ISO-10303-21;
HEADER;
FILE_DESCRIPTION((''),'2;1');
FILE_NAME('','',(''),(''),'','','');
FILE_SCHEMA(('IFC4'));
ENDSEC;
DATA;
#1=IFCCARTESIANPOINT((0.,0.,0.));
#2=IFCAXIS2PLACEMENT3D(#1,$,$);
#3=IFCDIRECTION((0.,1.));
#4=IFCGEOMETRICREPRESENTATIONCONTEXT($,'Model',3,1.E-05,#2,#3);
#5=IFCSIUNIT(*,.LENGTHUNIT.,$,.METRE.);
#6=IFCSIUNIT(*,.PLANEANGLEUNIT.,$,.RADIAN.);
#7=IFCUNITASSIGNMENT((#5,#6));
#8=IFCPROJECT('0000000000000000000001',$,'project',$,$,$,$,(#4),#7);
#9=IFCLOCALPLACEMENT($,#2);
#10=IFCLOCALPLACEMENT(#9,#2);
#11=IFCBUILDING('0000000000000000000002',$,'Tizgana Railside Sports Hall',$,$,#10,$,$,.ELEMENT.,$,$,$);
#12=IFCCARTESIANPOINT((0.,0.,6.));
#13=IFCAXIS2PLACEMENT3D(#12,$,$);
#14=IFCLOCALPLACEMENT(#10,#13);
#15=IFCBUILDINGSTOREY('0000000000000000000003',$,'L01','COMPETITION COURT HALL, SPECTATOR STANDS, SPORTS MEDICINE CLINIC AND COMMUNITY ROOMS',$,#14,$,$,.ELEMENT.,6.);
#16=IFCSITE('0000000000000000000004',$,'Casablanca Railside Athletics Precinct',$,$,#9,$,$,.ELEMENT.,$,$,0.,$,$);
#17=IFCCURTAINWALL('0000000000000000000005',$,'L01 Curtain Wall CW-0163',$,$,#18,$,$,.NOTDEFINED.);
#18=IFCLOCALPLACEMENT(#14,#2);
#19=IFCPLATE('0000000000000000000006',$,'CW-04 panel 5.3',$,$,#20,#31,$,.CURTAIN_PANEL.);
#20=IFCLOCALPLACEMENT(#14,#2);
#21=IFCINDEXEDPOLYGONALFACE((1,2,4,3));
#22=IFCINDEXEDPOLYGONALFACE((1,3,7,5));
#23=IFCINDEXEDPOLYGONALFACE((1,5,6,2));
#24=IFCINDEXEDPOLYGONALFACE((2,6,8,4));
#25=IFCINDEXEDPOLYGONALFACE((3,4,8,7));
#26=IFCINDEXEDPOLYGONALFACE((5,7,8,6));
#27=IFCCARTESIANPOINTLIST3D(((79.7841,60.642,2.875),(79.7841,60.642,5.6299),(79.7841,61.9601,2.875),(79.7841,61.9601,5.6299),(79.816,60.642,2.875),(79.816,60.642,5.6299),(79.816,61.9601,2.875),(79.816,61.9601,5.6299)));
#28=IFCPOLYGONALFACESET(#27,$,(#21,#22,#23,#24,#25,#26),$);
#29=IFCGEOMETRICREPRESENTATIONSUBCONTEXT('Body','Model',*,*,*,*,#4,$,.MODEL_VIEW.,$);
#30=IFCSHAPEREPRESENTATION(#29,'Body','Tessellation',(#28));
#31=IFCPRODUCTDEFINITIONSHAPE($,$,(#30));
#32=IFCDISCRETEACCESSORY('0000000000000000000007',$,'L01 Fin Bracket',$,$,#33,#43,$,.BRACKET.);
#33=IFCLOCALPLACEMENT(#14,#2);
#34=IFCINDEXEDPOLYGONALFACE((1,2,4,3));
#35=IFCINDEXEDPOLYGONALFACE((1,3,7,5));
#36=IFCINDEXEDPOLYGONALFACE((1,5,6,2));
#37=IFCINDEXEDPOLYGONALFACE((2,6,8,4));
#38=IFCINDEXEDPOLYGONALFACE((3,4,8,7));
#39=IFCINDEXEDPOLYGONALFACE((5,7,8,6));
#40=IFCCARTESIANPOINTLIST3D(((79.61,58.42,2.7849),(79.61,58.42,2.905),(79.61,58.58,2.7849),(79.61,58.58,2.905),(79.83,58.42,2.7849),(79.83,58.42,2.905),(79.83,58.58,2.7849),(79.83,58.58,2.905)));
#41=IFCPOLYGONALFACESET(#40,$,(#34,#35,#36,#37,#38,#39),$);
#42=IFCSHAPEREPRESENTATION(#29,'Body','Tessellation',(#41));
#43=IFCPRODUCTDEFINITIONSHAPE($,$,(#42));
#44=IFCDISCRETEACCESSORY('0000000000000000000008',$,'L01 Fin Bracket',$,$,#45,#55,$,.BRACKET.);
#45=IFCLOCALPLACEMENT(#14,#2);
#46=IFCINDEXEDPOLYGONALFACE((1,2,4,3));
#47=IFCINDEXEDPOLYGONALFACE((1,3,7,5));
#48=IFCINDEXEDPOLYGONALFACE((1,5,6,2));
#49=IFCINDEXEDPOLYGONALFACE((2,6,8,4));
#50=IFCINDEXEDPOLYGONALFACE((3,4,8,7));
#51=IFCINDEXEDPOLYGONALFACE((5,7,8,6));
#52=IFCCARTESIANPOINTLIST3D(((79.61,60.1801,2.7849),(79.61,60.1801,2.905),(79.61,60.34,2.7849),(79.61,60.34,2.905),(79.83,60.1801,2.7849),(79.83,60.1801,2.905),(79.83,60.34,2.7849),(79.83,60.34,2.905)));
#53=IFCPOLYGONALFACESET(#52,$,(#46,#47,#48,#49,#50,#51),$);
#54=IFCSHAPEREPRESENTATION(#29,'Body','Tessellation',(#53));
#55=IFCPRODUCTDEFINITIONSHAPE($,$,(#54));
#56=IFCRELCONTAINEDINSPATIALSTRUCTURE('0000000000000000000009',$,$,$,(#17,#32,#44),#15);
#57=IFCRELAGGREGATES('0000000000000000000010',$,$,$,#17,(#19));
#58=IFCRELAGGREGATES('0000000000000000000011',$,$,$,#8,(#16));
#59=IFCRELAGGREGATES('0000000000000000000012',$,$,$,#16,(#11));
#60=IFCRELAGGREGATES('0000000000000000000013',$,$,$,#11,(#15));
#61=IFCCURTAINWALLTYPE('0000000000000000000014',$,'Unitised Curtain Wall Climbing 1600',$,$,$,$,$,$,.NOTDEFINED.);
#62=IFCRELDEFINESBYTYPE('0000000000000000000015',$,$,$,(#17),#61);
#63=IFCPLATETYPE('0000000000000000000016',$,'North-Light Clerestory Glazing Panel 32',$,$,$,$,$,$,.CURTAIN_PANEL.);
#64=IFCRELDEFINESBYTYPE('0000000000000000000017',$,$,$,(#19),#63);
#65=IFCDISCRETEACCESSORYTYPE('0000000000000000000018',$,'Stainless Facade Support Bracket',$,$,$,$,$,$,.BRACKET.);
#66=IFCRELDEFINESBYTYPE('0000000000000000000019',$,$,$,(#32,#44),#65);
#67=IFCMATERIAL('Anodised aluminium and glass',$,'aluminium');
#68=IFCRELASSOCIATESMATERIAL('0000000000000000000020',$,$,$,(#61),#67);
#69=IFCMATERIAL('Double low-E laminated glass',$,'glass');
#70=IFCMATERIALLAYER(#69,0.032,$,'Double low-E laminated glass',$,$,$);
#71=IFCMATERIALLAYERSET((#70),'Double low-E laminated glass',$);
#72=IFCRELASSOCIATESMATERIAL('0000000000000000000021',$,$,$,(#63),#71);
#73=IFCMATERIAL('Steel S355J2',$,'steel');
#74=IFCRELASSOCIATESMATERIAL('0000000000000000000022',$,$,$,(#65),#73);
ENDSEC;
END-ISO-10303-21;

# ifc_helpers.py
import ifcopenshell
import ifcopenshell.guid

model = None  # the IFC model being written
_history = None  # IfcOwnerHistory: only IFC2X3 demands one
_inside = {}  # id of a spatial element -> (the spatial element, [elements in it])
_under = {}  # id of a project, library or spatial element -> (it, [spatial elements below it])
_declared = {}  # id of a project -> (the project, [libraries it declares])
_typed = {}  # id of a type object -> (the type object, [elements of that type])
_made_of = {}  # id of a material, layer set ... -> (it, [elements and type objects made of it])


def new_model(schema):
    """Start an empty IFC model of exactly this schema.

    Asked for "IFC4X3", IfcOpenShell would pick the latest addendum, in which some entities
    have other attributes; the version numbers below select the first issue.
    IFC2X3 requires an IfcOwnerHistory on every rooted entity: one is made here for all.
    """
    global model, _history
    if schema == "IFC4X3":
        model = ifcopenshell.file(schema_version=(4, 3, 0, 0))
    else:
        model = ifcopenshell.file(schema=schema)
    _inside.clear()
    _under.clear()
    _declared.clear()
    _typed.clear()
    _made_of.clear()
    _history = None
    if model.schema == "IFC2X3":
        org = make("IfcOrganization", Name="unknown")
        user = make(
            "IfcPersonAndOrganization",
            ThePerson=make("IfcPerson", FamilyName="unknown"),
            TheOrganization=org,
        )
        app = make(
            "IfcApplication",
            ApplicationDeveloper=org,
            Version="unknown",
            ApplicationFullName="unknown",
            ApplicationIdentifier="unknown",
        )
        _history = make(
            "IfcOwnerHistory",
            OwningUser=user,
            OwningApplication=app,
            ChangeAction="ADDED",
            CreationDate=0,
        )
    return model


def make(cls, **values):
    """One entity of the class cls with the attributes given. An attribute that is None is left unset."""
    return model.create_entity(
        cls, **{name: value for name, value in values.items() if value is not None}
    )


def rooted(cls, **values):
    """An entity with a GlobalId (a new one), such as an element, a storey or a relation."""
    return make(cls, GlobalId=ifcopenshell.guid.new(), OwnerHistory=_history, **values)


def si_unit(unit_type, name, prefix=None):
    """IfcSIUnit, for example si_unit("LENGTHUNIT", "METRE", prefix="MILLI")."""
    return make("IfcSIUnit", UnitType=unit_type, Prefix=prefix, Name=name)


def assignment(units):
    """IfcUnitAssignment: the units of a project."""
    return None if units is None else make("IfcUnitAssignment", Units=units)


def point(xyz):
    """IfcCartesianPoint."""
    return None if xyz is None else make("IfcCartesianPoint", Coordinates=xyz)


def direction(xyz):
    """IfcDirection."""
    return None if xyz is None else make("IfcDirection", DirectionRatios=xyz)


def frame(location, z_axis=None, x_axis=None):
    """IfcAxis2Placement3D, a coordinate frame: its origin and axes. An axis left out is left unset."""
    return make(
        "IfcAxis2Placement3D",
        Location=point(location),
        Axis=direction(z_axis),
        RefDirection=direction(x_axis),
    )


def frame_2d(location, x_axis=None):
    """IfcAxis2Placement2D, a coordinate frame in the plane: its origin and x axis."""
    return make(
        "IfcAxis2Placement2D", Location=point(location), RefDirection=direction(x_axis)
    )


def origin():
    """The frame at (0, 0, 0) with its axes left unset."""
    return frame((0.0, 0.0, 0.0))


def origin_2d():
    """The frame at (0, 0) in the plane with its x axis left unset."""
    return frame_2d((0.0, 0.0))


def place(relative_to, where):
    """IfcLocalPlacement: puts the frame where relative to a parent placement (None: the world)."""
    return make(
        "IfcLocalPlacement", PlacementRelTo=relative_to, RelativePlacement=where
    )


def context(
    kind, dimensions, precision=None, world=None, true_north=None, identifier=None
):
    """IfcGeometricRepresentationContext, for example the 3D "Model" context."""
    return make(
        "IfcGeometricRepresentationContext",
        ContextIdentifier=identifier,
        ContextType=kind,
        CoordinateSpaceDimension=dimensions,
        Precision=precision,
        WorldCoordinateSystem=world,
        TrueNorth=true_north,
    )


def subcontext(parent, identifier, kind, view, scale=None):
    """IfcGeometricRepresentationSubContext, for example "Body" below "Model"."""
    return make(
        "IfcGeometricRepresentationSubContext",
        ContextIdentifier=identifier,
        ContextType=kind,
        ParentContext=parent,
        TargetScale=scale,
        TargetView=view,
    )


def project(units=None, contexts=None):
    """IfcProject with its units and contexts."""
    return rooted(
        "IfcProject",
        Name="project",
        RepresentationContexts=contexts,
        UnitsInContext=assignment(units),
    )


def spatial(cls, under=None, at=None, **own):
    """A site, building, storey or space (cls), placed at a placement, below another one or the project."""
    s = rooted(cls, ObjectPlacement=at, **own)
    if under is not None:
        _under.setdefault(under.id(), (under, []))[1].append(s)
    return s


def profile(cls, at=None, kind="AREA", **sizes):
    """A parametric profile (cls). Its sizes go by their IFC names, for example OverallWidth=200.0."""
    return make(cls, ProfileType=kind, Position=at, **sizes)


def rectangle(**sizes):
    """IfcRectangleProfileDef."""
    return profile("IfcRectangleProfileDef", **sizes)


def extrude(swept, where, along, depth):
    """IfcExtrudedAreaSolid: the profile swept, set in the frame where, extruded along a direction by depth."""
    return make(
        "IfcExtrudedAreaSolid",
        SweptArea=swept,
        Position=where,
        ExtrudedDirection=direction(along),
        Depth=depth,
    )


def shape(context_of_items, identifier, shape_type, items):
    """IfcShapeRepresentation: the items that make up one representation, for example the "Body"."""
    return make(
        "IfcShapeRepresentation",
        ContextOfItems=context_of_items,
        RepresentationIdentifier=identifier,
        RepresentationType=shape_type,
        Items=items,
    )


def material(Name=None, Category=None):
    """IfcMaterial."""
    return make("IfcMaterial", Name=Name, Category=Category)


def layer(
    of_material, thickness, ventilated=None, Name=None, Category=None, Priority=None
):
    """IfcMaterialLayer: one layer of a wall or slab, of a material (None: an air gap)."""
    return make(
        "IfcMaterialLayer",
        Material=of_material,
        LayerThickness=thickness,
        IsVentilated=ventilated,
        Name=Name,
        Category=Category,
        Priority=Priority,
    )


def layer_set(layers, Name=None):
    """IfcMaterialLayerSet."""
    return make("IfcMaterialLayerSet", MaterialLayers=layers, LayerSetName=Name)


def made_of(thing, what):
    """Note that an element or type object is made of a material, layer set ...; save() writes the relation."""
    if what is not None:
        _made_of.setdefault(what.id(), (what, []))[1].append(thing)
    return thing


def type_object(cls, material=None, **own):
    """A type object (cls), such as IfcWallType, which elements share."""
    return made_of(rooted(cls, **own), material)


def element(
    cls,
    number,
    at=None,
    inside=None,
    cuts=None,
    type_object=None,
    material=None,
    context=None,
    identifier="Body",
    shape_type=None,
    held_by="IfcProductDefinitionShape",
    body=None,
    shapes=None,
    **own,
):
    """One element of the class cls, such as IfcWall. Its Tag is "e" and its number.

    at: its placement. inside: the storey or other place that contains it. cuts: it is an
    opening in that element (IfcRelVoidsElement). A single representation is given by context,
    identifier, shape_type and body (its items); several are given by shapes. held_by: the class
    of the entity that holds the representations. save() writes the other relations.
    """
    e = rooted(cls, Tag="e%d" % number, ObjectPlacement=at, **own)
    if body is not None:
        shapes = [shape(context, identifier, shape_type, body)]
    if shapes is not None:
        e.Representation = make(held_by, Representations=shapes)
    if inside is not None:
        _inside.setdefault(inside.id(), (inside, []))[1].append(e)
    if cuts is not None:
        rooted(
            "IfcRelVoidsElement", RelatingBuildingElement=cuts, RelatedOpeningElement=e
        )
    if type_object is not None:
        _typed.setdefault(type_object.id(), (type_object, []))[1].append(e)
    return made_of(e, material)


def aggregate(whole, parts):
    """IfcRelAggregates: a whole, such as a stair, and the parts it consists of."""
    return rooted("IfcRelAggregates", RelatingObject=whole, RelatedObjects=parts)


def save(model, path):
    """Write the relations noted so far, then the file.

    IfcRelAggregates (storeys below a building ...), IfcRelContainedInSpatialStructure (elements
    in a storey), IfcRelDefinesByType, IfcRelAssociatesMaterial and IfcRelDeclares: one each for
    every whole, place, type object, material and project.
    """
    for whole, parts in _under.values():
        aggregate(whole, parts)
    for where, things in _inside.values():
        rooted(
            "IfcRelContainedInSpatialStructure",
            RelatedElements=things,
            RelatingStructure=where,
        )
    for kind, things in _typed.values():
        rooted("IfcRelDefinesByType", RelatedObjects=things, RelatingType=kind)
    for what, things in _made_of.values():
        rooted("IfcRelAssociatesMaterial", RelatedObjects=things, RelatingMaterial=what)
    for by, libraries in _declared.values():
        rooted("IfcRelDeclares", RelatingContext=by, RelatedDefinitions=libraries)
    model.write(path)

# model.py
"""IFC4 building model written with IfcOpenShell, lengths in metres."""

from ifc_helpers import new_model, si_unit, direction, frame, origin, origin_2d, place, context, subcontext, project, spatial, rectangle, extrude, material, layer, layer_set, type_object, element, aggregate, save


model = new_model("IFC4")

# Units and contexts
model_context = context("Model", 3, precision=1e-05, world=origin(), true_north=direction((0.0, 1.0)))
body_context = subcontext(model_context, "Body", "Model", "MODEL_VIEW")
ifc_project = project(units=[si_unit("LENGTHUNIT", "METRE"), si_unit("PLANEANGLEUNIT", "RADIAN")], contexts=[model_context])

# Site, building, storey
site_placement = place(None, origin())
site = spatial("IfcSite", under=ifc_project, at=site_placement, Name="Casablanca Railside Athletics Precinct", CompositionType="ELEMENT", RefElevation=0.0)
building_placement = place(site_placement, origin())
building = spatial("IfcBuilding", under=site, at=building_placement, Name="Tizgana Railside Sports Hall", CompositionType="ELEMENT")
storey_placement = place(building_placement, frame((0.0, 0.0, 6.0)))
storey = spatial("IfcBuildingStorey", under=building, at=storey_placement, Name="L01", Description="COMPETITION COURT HALL, SPECTATOR STANDS, SPORTS MEDICINE CLINIC AND COMMUNITY ROOMS", CompositionType="ELEMENT", Elevation=6.0)

# Curtain wall
ifc_material_1 = material(Name="Anodised aluminium and glass", Category="aluminium")
curtain_wall_type = type_object("IfcCurtainWallType", Name="Unitised Curtain Wall Climbing 1600", PredefinedType="NOTDEFINED", material=ifc_material_1)
curtain_wall_placement = place(storey_placement, origin())
curtain_wall = element("IfcCurtainWall", 1, at=curtain_wall_placement, inside=storey, type_object=curtain_wall_type, Name="L01 Curtain Wall CW-0163", PredefinedType="NOTDEFINED")

# Shared definitions
ifc_material_2 = material(Name="Steel S355J2", Category="steel")

# Plate
ifc_material_3 = material(Name="Double low-E laminated glass", Category="glass")
ifc_layer = layer(ifc_material_3, 0.032, Name="Double low-E laminated glass")
ifc_layer_set = layer_set([ifc_layer], Name="Double low-E laminated glass")
plate_type = type_object("IfcPlateType", Name="North-Light Clerestory Glazing Panel 32", PredefinedType="CURTAIN_PANEL", material=ifc_layer_set)
plate_1_placement = place(storey_placement, frame((79.8, 61.301, 2.875), z_axis=(0.0, 0.0, 1.0), x_axis=(0.0, 1.0, 0.0)))
plate_1 = element("IfcPlate", 2, at=plate_1_placement, type_object=plate_type, Name="CW-04 panel 5.3", PredefinedType="CURTAIN_PANEL", context=body_context, shape_type="SweptSolid", body=[
    extrude(rectangle(XDim=1.3181, YDim=0.032, at=origin_2d()), origin(), (0.0, 0.0, 1.0), 2.7549),
])
aggregate(curtain_wall, [plate_1])

# Discrete accessories
discrete_accessory_type = type_object("IfcDiscreteAccessoryType", Name="Stainless Facade Support Bracket", PredefinedType="BRACKET", material=ifc_material_2)
for number, where, z_axis, x_axis, name in (
    (3, (79.72, 58.5, 2.7849), (0.0, 0.0, 1.0), (0.0, 1.0, 0.0), "L01 Fin Bracket"),
    (4, (79.72, 60.26, 2.7849), (0.0, 0.0, 1.0), (0.0, 1.0, 0.0), "L01 Fin Bracket"),
):
    element("IfcDiscreteAccessory", number, at=place(storey_placement, frame(where, z_axis=z_axis, x_axis=x_axis)), inside=storey, type_object=discrete_accessory_type, Name=name, PredefinedType="BRACKET", context=body_context, shape_type="SweptSolid", body=[
        extrude(rectangle(XDim=0.1599, YDim=0.22, at=origin_2d()), origin(), (0.0, 0.0, 1.0), 0.1201),
    ])

save(model, "model.ifc")
